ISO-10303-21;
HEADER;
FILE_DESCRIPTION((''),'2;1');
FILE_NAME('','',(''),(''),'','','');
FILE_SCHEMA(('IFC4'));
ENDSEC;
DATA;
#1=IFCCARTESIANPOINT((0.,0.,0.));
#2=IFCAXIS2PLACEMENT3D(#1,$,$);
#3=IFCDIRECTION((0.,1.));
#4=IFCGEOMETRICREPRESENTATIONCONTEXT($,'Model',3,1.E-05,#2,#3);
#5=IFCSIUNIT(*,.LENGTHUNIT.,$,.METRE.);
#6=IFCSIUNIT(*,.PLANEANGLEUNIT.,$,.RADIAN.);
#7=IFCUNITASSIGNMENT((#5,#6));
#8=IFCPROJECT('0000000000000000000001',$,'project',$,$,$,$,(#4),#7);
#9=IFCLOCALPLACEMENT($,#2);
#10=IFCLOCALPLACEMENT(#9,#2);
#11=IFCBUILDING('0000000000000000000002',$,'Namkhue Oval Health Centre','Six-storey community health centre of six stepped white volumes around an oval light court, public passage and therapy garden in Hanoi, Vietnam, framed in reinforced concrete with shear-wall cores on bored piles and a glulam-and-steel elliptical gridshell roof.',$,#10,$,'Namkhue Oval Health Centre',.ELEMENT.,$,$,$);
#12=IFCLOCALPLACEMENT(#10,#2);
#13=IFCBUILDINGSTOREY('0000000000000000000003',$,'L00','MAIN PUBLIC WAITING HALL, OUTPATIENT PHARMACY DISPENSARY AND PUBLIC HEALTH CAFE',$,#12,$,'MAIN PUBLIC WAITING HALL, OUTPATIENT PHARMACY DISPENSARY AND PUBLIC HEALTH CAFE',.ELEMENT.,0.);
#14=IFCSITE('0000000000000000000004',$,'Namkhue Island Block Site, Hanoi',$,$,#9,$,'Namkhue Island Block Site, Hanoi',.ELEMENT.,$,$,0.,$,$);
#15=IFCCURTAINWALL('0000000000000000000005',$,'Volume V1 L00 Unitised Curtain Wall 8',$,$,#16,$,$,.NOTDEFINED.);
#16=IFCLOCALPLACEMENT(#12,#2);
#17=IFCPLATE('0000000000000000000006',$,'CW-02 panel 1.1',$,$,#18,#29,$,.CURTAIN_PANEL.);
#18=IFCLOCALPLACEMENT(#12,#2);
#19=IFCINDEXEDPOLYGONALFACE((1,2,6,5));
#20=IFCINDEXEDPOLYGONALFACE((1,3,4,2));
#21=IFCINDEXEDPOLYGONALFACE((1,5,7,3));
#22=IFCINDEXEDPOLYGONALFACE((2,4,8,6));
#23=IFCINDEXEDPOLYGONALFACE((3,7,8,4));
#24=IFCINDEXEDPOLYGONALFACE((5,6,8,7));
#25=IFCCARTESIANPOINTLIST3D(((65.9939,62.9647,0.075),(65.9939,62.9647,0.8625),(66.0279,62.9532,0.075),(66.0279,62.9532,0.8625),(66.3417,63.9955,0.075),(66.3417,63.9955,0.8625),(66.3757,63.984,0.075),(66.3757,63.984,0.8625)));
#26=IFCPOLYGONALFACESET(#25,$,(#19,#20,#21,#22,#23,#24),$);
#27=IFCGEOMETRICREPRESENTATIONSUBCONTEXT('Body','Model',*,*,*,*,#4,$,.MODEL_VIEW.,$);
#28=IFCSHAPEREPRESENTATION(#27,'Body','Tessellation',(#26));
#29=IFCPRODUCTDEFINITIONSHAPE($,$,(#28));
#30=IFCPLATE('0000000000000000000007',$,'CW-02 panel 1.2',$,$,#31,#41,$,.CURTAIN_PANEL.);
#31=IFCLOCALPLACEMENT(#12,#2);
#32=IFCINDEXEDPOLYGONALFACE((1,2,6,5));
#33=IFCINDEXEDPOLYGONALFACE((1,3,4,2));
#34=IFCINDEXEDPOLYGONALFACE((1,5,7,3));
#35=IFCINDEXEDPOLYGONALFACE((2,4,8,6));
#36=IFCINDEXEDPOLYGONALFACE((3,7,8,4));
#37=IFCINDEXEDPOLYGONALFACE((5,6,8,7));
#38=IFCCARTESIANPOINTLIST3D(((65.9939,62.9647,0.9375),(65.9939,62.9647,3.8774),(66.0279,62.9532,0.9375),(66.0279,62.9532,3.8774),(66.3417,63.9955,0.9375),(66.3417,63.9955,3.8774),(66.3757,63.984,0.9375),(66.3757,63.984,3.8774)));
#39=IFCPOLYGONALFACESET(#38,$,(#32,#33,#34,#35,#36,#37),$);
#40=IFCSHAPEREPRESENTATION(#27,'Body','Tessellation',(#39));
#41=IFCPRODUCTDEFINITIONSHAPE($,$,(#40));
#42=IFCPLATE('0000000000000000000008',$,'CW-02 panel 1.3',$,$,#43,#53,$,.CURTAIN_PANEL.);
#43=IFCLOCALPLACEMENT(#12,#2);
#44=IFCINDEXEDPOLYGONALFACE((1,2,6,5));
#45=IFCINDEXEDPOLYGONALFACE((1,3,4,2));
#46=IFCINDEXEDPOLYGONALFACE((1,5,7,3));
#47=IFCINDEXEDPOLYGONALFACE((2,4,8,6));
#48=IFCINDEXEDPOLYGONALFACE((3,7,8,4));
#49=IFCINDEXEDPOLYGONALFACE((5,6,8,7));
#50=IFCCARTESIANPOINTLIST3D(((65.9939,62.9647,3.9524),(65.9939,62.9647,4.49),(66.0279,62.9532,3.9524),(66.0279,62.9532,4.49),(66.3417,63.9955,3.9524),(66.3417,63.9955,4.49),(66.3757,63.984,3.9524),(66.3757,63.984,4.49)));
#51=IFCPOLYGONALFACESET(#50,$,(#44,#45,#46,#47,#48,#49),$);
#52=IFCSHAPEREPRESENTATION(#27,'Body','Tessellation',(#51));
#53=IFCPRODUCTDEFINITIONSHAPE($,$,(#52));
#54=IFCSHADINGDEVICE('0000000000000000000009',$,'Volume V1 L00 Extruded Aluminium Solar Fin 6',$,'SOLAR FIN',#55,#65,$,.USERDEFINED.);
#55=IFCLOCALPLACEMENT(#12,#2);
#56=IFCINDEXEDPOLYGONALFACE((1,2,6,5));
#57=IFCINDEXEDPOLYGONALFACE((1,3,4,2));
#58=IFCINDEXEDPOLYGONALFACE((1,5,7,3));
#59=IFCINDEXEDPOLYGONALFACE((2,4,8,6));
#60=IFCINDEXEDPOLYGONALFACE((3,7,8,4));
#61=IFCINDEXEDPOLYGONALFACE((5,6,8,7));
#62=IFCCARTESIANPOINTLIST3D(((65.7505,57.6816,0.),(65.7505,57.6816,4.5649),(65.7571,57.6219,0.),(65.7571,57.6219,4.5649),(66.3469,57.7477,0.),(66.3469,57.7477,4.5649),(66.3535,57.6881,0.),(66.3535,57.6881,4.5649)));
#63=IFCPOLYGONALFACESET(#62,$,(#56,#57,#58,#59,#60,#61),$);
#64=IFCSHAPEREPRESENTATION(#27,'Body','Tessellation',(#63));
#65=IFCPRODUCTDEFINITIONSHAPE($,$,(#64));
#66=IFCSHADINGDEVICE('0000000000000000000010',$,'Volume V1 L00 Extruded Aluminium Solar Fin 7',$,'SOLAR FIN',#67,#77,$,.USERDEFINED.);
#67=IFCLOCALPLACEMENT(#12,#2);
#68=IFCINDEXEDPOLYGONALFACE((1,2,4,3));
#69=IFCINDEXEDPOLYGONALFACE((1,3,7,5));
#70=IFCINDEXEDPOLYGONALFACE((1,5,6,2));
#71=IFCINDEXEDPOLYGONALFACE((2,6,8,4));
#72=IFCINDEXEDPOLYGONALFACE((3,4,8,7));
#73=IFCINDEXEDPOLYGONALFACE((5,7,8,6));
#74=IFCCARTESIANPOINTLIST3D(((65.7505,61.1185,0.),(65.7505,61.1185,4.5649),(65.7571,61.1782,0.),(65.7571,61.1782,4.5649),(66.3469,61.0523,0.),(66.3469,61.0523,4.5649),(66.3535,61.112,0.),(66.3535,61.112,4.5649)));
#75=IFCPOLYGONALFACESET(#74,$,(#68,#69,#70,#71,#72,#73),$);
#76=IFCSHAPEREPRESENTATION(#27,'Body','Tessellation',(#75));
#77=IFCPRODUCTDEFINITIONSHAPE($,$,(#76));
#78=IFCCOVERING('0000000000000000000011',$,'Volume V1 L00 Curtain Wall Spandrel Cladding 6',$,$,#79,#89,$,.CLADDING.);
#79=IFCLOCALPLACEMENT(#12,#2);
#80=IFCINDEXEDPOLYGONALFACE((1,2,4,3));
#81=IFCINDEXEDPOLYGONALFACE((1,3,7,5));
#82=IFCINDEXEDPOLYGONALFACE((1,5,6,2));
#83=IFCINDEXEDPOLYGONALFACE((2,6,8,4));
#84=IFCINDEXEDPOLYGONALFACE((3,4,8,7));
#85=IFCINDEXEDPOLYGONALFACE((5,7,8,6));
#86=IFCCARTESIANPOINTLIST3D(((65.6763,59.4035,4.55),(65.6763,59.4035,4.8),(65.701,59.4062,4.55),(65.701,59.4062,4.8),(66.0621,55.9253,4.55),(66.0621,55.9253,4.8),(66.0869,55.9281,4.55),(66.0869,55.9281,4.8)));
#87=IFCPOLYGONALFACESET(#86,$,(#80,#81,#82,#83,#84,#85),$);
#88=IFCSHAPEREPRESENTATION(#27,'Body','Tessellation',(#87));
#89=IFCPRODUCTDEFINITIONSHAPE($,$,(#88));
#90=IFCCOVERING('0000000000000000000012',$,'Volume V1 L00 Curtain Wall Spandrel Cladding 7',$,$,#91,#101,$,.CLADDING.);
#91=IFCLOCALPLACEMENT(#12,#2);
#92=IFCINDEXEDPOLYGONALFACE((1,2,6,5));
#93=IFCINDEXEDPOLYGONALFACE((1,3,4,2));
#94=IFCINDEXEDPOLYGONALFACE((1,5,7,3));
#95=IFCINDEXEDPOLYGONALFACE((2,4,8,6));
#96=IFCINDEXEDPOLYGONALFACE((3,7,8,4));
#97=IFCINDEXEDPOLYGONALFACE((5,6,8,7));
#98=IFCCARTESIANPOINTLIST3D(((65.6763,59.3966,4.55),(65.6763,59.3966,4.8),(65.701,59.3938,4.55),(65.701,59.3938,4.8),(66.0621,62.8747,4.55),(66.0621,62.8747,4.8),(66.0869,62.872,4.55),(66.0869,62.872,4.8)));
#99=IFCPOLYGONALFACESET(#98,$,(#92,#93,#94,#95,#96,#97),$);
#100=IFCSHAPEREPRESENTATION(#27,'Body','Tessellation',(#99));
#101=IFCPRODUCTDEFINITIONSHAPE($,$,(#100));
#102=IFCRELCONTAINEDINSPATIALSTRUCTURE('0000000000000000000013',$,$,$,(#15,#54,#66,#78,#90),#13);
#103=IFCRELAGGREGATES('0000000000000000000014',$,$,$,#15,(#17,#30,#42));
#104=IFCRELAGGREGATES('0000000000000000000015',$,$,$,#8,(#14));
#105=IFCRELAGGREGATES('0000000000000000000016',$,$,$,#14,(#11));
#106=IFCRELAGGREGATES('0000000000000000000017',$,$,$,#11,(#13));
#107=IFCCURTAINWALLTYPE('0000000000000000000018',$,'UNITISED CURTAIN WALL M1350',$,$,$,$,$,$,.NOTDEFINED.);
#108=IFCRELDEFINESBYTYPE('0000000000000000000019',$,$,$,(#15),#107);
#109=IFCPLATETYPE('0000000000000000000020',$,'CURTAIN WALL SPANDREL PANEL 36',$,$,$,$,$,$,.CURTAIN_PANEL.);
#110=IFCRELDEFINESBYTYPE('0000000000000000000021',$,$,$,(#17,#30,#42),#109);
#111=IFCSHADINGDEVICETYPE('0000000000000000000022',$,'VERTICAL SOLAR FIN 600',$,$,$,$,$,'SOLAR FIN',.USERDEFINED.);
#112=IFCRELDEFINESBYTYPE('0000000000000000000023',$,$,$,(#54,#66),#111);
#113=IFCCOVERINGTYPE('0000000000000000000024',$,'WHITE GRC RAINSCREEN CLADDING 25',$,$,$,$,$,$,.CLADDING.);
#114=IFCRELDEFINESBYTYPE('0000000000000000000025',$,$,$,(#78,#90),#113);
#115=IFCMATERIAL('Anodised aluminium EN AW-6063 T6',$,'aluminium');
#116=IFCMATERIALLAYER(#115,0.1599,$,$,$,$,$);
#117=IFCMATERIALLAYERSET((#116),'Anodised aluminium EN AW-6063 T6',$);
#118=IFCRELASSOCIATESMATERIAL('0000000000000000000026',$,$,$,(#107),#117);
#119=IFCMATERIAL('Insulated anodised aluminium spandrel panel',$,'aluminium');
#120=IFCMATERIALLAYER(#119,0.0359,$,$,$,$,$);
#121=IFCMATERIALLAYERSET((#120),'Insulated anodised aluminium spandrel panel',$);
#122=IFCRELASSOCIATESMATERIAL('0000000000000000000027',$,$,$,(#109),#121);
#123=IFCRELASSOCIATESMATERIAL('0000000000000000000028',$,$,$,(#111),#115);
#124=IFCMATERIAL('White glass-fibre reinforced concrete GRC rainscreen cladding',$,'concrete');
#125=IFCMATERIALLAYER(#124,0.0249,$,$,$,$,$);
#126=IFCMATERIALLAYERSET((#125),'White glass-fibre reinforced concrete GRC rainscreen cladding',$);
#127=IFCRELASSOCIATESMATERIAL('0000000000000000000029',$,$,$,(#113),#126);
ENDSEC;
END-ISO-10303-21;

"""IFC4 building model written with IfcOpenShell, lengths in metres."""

from ifc_helpers import new_model, si_unit, direction, frame, origin, origin_2d, place, context, subcontext, project, spatial, rectangle, extrude, material, layer, layer_set, type_object, element, aggregate, save


model = new_model("IFC4")

# Units and contexts
model_context = context("Model", 3, precision=1e-05, world=origin(), true_north=direction((0.0, 1.0)))
body_context = subcontext(model_context, "Body", "Model", "MODEL_VIEW")
ifc_project = project(units=[si_unit("LENGTHUNIT", "METRE"), si_unit("PLANEANGLEUNIT", "RADIAN")], contexts=[model_context])

# Site, building, storey
site_placement = place(None, origin())
site = spatial("IfcSite", under=ifc_project, at=site_placement, Name="Namkhue Island Block Site, Hanoi", LongName="Namkhue Island Block Site, Hanoi", CompositionType="ELEMENT", RefElevation=0.0)
building_placement = place(site_placement, origin())
building = spatial("IfcBuilding", under=site, at=building_placement, Name="Namkhue Oval Health Centre", Description="Six-storey community health centre of six stepped white volumes around an oval light court, public passage and therapy garden in Hanoi, Vietnam, framed in reinforced concrete with shear-wall cores on bored piles and a glulam-and-steel elliptical gridshell roof.", LongName="Namkhue Oval Health Centre", CompositionType="ELEMENT")
storey_placement = place(building_placement, origin())
storey = spatial("IfcBuildingStorey", under=building, at=storey_placement, Name="L00", Description="MAIN PUBLIC WAITING HALL, OUTPATIENT PHARMACY DISPENSARY AND PUBLIC HEALTH CAFE", LongName="MAIN PUBLIC WAITING HALL, OUTPATIENT PHARMACY DISPENSARY AND PUBLIC HEALTH CAFE", CompositionType="ELEMENT", Elevation=0.0)

# Curtain wall
ifc_material_1 = material(Name="Anodised aluminium EN AW-6063 T6", Category="aluminium")
ifc_layer_1 = layer(ifc_material_1, 0.1599)
ifc_layer_set_1 = layer_set([ifc_layer_1], Name="Anodised aluminium EN AW-6063 T6")
curtain_wall_type_1 = type_object("IfcCurtainWallType", Name="UNITISED CURTAIN WALL M1350", PredefinedType="NOTDEFINED", material=ifc_layer_set_1)
curtain_wall_1_placement = place(storey_placement, origin())
curtain_wall_1 = element("IfcCurtainWall", 1, at=curtain_wall_1_placement, inside=storey, type_object=curtain_wall_type_1, Name="Volume V1 L00 Unitised Curtain Wall 8", PredefinedType="NOTDEFINED")

# Plates
ifc_material_2 = material(Name="Insulated anodised aluminium spandrel panel", Category="aluminium")
ifc_layer_2 = layer(ifc_material_2, 0.0359)
ifc_layer_set_2 = layer_set([ifc_layer_2], Name="Insulated anodised aluminium spandrel panel")
plate_type_1 = type_object("IfcPlateType", Name="CURTAIN WALL SPANDREL PANEL 36", PredefinedType="CURTAIN_PANEL", material=ifc_layer_set_2)
plate_1_placement = place(storey_placement, frame((66.1848, 63.4744, 0.075), z_axis=(0.0, 0.0, 1.0), x_axis=(0.319642, 0.947539, 0.0)))
plate_1 = element("IfcPlate", 2, at=plate_1_placement, type_object=plate_type_1, Name="CW-02 panel 1.1", PredefinedType="CURTAIN_PANEL", context=body_context, shape_type="SweptSolid", body=[
    extrude(rectangle(XDim=1.0879, YDim=0.0359, at=origin_2d()), origin(), (0.0, 0.0, 1.0), 0.7876),
])
plate_2_placement = place(storey_placement, frame((66.1848, 63.4744, 0.9375), z_axis=(0.0, 0.0, 1.0), x_axis=(0.319642, 0.947539, 0.0)))
plate_2 = element("IfcPlate", 3, at=plate_2_placement, type_object=plate_type_1, Name="CW-02 panel 1.2", PredefinedType="CURTAIN_PANEL", context=body_context, shape_type="SweptSolid", body=[
    extrude(rectangle(XDim=1.0879, YDim=0.0359, at=origin_2d()), origin(), (0.0, 0.0, 1.0), 2.9399),
])
plate_3_placement = place(storey_placement, frame((66.1848, 63.4744, 3.9524), z_axis=(0.0, 0.0, 1.0), x_axis=(0.319642, 0.947539, 0.0)))
plate_3 = element("IfcPlate", 4, at=plate_3_placement, type_object=plate_type_1, Name="CW-02 panel 1.3", PredefinedType="CURTAIN_PANEL", context=body_context, shape_type="SweptSolid", body=[
    extrude(rectangle(XDim=1.0879, YDim=0.0359, at=origin_2d()), origin(), (0.0, 0.0, 1.0), 0.5376),
])
aggregate(curtain_wall_1, [plate_1, plate_2, plate_3])

# Shading devices
shading_device_type = type_object("IfcShadingDeviceType", Name="VERTICAL SOLAR FIN 600", ElementType="SOLAR FIN", PredefinedType="USERDEFINED", material=ifc_material_1)
for number, where, z_axis, x_axis, name in (
    (5, (66.052, 57.6848, 0.0), (0.0, 0.0, 1.0), (0.993903, 0.110255, 0.0), "Volume V1 L00 Extruded Aluminium Solar Fin 6"),
    (6, (66.052, 61.1152, 0.0), (0.0, 0.0, 1.0), (0.993903, -0.110255, 0.0), "Volume V1 L00 Extruded Aluminium Solar Fin 7"),
):
    element("IfcShadingDevice", number, at=place(storey_placement, frame(where, z_axis=z_axis, x_axis=x_axis)), inside=storey, type_object=shading_device_type, Name=name, ObjectType="SOLAR FIN", PredefinedType="USERDEFINED", context=body_context, shape_type="SweptSolid", body=[
        extrude(rectangle(XDim=0.6001, YDim=0.0601, at=origin_2d()), origin(), (0.0, 0.0, 1.0), 4.5649),
    ])

# Coverings
ifc_material_3 = material(Name="White glass-fibre reinforced concrete GRC rainscreen cladding", Category="concrete")
ifc_layer_3 = layer(ifc_material_3, 0.0249)
ifc_layer_set_3 = layer_set([ifc_layer_3], Name="White glass-fibre reinforced concrete GRC rainscreen cladding")
covering_type = type_object("IfcCoveringType", Name="WHITE GRC RAINSCREEN CLADDING 25", PredefinedType="CLADDING", material=ifc_layer_set_3)
for number, where, z_axis, x_axis, name in (
    (7, (65.8816, 57.6658, 4.55), (0.0, 0.0, 1.0), (-0.110255, 0.993903, 0.0), "Volume V1 L00 Curtain Wall Spandrel Cladding 6"),
    (8, (65.8816, 61.1343, 4.55), (0.0, 0.0, 1.0), (0.110255, 0.993903, 0.0), "Volume V1 L00 Curtain Wall Spandrel Cladding 7"),
):
    element("IfcCovering", number, at=place(storey_placement, frame(where, z_axis=z_axis, x_axis=x_axis)), inside=storey, type_object=covering_type, Name=name, PredefinedType="CLADDING", context=body_context, shape_type="SweptSolid", body=[
        extrude(rectangle(XDim=3.4995, YDim=0.0249, at=origin_2d()), origin(), (0.0, 0.0, 1.0), 0.25),
    ])

save(model, "model.ifc")
